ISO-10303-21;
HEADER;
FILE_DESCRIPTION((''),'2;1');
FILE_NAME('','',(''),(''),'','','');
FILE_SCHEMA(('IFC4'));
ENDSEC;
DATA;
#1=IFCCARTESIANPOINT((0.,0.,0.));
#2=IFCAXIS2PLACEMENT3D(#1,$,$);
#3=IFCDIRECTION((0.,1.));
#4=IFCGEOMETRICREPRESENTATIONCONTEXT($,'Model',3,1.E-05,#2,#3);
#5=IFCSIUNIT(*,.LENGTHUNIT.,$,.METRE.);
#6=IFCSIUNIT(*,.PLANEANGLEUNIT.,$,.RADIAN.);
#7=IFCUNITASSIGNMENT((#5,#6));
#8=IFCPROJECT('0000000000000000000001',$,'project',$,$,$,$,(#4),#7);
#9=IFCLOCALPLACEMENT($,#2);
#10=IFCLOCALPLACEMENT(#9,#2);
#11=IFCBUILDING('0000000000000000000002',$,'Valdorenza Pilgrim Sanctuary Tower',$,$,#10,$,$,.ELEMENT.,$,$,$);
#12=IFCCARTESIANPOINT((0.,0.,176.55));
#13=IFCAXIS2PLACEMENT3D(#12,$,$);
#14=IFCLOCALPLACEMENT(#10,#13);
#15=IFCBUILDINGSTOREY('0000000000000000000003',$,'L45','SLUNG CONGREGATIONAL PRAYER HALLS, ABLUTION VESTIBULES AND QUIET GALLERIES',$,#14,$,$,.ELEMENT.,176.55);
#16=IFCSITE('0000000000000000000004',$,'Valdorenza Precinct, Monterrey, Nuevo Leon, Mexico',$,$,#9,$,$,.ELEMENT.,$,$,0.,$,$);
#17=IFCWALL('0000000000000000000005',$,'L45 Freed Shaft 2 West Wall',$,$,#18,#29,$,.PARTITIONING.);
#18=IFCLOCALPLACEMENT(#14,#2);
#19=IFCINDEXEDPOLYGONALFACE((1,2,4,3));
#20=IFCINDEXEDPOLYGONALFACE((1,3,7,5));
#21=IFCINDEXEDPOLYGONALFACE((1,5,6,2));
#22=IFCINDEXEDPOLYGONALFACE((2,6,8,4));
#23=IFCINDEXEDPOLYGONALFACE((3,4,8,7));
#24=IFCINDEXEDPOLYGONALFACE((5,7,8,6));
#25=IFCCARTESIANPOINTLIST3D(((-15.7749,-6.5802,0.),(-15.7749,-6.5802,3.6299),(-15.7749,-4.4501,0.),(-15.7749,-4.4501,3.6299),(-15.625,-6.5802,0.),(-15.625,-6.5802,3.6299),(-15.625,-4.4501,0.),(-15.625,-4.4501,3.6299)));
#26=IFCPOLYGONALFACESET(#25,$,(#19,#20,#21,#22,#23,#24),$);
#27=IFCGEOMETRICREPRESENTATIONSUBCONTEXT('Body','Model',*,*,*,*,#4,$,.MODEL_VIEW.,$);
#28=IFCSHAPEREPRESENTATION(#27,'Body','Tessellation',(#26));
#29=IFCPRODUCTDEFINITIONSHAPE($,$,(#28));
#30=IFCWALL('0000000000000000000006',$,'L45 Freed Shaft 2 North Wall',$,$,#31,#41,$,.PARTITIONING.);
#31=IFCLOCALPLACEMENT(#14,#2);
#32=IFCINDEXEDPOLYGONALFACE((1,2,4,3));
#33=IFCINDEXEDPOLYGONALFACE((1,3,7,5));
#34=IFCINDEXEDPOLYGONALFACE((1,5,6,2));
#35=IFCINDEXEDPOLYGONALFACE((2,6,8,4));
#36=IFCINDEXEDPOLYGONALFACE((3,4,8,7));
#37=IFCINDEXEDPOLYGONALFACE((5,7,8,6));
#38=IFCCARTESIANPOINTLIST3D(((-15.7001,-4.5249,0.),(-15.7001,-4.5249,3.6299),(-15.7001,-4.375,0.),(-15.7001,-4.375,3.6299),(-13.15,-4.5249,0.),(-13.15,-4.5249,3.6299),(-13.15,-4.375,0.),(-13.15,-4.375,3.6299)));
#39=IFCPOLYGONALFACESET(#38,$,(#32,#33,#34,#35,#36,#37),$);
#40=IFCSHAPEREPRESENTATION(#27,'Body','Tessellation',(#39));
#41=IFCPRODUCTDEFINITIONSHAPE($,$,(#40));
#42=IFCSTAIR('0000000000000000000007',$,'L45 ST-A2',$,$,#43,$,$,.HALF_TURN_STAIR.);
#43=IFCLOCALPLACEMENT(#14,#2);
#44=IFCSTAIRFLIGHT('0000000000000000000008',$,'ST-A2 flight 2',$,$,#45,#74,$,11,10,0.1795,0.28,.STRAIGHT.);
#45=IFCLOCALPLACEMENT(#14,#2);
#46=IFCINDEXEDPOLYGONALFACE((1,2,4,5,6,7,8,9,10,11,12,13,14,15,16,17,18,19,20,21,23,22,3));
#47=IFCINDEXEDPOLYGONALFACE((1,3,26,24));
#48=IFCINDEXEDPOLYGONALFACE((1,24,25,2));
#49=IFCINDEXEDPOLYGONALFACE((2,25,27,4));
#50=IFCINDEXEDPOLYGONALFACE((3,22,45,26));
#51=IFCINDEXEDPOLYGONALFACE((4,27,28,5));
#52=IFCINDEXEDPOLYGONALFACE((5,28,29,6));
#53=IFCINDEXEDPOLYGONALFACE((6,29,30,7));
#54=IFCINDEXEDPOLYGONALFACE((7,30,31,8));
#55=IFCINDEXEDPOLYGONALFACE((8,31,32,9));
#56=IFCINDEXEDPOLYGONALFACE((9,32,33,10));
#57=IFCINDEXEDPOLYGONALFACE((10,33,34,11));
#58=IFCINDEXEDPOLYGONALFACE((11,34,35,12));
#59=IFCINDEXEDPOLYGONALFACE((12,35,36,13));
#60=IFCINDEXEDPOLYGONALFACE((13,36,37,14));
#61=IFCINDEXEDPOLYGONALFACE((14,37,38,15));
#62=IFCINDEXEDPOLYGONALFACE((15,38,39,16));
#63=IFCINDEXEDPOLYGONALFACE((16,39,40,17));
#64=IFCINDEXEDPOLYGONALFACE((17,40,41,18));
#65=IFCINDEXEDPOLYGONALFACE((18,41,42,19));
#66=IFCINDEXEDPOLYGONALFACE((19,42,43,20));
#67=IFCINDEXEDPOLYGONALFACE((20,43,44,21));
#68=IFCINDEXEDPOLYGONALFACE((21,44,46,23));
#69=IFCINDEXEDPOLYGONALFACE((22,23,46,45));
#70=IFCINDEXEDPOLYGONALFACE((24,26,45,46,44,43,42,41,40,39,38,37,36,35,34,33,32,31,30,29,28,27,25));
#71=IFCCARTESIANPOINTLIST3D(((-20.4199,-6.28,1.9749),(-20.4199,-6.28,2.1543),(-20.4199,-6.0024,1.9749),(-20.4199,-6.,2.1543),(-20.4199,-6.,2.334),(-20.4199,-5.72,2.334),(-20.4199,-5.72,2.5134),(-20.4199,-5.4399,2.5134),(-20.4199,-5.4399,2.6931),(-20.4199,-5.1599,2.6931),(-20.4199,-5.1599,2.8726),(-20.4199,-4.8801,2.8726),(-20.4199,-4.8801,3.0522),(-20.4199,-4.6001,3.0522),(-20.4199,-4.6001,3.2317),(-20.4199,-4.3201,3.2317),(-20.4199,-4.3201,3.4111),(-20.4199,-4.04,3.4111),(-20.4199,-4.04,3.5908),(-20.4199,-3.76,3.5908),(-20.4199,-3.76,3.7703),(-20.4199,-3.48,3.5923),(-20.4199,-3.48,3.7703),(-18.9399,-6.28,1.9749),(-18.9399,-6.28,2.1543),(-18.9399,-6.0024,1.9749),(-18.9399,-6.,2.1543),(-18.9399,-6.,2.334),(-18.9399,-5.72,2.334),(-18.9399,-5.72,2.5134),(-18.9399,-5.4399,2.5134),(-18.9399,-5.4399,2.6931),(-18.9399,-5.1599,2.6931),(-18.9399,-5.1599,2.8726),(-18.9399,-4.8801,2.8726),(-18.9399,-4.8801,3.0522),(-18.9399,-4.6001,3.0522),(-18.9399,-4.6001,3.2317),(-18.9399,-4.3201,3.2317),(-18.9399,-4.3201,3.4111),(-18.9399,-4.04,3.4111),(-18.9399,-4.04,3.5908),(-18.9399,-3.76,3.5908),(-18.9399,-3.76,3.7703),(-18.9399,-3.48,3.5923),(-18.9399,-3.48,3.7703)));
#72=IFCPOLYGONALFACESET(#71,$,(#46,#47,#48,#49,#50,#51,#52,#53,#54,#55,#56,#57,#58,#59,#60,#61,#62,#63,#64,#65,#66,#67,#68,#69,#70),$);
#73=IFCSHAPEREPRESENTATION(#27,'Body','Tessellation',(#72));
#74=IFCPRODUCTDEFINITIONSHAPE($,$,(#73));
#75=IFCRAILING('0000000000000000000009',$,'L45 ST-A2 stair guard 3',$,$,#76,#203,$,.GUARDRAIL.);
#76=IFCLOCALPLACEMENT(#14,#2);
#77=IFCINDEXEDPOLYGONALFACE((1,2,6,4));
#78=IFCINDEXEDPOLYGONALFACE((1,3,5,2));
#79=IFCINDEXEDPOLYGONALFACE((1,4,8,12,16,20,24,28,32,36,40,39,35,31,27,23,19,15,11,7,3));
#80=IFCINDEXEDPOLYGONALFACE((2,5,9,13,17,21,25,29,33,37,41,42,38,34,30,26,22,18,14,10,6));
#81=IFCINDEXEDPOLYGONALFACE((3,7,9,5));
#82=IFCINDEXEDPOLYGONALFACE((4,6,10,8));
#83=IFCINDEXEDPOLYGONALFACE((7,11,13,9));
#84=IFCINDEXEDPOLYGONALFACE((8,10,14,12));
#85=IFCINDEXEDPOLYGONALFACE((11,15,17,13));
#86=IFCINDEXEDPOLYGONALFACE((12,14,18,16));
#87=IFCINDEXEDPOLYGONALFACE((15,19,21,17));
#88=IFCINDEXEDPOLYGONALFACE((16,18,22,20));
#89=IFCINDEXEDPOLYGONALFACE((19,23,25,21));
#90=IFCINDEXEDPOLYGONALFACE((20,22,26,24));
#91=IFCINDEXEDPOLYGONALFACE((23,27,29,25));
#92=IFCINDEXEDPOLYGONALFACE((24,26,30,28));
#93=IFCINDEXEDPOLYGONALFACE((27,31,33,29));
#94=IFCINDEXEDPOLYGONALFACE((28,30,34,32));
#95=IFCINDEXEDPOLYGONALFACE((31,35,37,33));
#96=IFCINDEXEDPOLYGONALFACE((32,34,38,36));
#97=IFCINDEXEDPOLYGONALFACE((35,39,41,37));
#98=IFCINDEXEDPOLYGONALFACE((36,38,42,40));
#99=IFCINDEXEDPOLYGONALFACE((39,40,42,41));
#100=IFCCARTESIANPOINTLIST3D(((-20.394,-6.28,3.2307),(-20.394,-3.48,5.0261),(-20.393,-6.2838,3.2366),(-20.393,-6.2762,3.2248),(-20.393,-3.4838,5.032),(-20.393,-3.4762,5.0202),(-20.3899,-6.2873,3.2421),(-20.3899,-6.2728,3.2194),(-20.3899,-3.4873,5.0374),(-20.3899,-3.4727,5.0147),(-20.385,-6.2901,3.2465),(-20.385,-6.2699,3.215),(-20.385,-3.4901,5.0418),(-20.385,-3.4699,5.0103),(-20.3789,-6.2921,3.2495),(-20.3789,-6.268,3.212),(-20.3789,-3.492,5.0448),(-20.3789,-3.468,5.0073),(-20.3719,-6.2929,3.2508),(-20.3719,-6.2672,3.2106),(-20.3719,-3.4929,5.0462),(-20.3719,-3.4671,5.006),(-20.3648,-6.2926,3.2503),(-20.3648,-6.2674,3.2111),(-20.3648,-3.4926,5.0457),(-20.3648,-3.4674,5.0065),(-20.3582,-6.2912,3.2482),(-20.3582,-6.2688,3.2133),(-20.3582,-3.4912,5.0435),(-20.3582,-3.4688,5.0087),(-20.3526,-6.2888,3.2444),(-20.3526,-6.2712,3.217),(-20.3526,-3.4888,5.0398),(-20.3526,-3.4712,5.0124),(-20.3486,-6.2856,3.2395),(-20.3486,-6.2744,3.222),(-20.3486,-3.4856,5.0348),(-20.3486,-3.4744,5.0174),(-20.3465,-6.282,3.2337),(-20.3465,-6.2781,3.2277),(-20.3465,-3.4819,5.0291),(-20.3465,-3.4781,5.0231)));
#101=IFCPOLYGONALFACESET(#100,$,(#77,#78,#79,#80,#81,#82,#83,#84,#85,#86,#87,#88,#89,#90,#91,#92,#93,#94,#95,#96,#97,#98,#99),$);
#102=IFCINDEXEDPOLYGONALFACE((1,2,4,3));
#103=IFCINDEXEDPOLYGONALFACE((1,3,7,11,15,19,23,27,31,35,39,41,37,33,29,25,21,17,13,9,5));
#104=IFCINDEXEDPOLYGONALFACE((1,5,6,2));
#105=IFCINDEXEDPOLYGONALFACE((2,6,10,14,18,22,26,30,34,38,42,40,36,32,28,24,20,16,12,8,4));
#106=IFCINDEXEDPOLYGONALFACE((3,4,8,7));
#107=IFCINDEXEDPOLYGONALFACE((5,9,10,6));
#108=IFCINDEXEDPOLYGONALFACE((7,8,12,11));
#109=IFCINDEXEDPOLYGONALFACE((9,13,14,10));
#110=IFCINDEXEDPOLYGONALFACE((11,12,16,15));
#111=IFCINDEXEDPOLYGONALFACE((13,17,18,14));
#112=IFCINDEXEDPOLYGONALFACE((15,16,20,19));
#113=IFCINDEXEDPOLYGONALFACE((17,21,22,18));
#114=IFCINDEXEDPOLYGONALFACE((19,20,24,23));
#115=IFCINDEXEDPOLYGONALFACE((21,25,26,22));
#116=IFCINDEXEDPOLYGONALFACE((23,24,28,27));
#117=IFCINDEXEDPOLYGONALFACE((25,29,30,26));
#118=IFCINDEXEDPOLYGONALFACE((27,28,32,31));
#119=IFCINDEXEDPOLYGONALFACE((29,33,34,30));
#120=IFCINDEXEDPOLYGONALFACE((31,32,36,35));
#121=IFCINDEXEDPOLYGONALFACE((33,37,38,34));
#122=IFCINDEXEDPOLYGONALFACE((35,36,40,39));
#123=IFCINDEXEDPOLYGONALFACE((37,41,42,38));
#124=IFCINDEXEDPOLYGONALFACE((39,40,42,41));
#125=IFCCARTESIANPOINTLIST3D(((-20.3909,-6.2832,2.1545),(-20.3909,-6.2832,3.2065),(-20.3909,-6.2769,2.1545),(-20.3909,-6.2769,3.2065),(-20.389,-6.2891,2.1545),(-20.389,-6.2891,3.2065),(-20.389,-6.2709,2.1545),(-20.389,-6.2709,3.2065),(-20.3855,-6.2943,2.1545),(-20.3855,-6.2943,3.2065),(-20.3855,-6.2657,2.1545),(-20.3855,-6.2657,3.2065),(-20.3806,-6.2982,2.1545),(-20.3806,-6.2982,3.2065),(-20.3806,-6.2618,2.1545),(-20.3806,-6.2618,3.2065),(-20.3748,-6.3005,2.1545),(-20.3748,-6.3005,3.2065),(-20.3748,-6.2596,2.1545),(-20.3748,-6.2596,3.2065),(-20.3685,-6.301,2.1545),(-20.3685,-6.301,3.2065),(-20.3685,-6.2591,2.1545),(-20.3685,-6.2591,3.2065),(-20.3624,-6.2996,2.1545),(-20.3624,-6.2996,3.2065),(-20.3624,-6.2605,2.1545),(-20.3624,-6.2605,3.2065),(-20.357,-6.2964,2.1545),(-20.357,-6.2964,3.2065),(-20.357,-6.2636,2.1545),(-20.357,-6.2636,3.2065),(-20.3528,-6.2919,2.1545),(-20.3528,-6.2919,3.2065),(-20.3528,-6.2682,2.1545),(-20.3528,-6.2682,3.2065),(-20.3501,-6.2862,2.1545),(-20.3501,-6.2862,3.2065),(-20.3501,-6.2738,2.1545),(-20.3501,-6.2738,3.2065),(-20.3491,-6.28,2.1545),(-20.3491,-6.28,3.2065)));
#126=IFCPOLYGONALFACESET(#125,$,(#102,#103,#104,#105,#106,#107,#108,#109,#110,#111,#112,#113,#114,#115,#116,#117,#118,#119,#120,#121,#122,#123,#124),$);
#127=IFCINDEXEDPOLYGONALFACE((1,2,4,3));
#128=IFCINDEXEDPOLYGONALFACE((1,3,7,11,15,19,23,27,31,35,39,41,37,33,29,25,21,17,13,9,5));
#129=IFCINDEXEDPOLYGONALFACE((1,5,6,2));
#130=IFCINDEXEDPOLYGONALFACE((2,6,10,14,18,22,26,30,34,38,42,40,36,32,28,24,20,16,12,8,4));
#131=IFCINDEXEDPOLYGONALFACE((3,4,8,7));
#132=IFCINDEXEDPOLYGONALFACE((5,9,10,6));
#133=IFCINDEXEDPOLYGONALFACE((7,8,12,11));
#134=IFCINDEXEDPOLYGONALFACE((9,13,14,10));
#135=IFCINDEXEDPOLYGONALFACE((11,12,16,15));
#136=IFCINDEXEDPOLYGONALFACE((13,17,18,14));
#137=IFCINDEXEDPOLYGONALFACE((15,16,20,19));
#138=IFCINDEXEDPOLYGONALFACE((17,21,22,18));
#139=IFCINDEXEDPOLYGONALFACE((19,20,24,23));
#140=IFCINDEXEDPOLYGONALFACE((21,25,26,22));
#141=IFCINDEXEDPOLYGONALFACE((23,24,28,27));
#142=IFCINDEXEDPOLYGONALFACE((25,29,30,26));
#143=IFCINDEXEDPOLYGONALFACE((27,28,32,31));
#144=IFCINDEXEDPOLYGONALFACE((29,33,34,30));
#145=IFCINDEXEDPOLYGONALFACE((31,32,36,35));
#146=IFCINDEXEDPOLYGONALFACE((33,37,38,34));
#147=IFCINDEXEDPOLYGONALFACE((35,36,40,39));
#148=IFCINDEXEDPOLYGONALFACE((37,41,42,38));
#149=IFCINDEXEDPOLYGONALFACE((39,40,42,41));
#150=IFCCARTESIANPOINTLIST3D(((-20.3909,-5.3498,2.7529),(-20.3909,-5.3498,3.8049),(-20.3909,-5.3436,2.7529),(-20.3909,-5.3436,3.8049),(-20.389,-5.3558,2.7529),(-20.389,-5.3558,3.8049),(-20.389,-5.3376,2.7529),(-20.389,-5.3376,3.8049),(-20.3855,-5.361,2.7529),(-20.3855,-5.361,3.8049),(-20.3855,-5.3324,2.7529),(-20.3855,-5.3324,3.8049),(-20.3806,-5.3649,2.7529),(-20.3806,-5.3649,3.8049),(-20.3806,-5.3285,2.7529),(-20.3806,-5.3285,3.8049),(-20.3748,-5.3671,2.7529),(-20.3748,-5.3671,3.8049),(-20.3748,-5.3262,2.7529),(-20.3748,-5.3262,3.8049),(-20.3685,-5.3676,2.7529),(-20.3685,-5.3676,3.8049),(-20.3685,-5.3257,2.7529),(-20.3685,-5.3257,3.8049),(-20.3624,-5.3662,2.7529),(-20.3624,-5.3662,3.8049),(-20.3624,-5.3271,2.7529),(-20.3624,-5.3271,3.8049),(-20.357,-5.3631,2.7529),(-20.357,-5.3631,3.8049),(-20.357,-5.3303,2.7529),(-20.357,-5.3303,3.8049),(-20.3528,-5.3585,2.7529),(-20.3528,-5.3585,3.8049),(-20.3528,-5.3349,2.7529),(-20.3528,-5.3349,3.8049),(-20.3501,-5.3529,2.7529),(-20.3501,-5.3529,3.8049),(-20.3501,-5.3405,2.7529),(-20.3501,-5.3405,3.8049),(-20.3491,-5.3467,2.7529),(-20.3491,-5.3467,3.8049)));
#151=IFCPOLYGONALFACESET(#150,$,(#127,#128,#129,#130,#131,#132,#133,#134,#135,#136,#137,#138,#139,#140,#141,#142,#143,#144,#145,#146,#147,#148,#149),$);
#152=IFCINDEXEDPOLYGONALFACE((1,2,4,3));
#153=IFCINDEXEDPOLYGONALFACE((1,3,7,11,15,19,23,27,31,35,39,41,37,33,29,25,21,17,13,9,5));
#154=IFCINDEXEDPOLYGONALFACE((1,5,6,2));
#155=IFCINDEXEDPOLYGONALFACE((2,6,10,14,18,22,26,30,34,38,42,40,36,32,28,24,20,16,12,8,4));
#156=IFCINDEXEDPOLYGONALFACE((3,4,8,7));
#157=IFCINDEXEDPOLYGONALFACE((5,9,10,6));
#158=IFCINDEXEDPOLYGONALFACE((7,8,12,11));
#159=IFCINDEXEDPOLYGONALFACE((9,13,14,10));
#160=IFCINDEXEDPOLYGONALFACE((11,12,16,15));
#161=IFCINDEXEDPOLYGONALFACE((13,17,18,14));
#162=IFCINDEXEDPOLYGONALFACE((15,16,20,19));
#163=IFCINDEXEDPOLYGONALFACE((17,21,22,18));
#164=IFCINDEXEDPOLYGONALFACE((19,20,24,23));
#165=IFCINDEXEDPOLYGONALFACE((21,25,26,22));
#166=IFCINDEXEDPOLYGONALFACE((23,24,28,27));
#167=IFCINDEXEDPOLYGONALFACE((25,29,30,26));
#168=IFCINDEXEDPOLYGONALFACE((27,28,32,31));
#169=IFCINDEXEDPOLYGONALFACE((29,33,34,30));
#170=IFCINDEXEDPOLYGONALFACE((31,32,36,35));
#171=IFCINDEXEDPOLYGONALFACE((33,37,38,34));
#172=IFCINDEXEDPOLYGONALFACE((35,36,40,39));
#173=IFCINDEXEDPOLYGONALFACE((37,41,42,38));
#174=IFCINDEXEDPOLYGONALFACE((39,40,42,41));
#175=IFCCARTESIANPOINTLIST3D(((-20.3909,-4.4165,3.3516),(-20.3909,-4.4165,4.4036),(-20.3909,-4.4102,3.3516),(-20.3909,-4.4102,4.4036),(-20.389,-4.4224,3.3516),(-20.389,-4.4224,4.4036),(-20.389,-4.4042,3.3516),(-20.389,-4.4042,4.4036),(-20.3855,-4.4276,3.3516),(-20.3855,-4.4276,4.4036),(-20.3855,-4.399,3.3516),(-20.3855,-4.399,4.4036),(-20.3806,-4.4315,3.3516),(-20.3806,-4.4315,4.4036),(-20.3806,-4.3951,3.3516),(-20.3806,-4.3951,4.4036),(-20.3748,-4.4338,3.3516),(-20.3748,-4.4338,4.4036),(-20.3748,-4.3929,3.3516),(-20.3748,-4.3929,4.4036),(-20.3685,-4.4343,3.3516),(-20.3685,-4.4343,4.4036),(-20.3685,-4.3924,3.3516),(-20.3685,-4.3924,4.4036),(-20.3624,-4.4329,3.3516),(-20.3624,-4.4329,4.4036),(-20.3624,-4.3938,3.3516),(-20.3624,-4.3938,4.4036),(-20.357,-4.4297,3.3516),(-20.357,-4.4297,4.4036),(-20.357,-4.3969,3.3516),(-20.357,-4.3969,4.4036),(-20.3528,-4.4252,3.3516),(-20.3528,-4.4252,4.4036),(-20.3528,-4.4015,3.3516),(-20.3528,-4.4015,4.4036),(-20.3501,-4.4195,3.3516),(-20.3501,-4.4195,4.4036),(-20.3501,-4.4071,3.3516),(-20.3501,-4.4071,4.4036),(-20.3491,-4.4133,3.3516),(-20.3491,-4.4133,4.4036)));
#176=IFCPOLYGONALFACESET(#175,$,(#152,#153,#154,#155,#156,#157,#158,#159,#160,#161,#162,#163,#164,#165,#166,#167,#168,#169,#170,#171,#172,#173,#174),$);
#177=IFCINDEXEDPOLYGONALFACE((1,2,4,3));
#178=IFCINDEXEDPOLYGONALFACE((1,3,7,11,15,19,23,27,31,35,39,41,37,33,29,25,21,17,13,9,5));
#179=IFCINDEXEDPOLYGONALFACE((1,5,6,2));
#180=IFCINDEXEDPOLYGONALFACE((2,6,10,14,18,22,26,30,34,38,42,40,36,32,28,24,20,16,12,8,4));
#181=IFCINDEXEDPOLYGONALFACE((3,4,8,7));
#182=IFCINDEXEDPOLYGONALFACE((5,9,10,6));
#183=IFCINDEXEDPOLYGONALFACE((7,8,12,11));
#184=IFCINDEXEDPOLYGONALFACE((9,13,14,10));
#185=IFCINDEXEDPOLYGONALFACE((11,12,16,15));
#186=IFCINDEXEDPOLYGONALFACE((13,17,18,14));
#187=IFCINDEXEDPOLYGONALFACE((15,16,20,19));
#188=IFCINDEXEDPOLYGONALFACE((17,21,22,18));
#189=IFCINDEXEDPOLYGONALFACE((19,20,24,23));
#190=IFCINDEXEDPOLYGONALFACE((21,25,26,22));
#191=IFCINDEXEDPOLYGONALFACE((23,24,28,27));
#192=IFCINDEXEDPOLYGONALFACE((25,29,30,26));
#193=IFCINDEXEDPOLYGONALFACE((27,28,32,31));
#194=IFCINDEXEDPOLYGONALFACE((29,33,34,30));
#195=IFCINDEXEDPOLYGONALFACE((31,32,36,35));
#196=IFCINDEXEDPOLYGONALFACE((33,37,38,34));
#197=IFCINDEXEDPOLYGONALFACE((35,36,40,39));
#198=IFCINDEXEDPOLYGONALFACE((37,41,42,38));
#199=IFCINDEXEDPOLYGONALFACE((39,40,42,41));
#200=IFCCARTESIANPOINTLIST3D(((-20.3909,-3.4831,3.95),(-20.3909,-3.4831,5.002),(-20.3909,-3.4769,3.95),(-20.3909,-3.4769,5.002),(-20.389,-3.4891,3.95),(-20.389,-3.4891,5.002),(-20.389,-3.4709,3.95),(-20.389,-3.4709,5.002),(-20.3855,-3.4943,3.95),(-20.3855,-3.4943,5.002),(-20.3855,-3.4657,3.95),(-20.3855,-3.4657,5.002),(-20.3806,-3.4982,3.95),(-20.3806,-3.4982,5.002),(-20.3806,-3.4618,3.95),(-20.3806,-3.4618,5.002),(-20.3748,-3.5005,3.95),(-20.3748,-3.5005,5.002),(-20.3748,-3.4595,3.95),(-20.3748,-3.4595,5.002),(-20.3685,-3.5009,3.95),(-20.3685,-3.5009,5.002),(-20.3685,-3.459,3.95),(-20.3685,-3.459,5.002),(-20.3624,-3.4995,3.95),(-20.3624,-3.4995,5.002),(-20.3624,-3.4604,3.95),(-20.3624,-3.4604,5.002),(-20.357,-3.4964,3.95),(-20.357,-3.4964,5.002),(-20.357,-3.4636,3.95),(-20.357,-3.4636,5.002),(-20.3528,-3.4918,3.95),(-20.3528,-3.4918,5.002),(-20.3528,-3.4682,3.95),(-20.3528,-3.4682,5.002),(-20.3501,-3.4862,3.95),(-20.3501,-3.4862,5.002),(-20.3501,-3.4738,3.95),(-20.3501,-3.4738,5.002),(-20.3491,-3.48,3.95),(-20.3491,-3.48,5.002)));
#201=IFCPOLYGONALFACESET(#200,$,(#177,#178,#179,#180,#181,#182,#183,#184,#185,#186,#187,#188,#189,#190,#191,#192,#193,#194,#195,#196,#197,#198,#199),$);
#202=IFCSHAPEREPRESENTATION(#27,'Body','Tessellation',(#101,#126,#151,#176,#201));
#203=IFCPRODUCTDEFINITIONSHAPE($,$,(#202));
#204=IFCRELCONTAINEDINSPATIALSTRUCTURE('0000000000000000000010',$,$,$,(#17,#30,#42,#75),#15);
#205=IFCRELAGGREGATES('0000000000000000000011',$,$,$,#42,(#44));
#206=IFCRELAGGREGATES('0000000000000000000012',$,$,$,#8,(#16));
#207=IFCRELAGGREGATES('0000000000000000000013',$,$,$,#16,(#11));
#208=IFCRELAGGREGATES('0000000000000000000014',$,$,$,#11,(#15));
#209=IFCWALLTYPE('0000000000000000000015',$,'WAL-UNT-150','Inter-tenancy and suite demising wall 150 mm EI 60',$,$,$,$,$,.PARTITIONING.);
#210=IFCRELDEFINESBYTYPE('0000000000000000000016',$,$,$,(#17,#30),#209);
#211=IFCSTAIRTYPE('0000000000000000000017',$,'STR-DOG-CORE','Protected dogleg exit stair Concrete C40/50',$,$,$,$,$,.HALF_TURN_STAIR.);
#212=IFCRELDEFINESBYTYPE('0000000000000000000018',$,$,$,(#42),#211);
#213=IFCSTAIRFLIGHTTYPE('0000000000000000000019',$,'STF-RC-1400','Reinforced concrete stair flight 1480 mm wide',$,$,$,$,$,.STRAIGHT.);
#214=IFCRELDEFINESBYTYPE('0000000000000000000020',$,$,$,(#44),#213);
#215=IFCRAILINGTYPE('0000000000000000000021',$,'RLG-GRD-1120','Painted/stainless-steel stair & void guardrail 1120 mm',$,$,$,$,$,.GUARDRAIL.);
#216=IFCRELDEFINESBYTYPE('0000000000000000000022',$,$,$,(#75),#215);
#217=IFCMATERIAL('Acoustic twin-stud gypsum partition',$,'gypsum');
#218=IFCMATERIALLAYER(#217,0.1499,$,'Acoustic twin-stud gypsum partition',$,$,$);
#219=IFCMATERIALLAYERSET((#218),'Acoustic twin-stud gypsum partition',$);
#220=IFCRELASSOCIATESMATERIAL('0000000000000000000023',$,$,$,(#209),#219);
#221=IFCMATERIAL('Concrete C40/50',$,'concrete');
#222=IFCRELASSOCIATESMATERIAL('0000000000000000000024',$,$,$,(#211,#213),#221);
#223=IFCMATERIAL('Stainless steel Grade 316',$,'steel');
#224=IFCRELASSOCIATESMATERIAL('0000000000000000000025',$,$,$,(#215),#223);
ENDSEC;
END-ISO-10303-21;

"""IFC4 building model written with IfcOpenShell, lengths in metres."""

from ifc_helpers import new_model, si_unit, direction, frame, frame_2d, origin, origin_2d, place, context, subcontext, project, spatial, polyline, rectangle, circle, outline, extrude, material, layer, layer_set, type_object, element, aggregate, save


model = new_model("IFC4")

# Units and contexts
model_context = context("Model", 3, precision=1e-05, world=origin(), true_north=direction((0.0, 1.0)))
body_context = subcontext(model_context, "Body", "Model", "MODEL_VIEW")
ifc_project = project(units=[si_unit("LENGTHUNIT", "METRE"), si_unit("PLANEANGLEUNIT", "RADIAN")], contexts=[model_context])

# Site, building, storey
site_placement = place(None, origin())
site = spatial("IfcSite", under=ifc_project, at=site_placement, Name="Valdorenza Precinct, Monterrey, Nuevo Leon, Mexico", CompositionType="ELEMENT", RefElevation=0.0)
building_placement = place(site_placement, origin())
building = spatial("IfcBuilding", under=site, at=building_placement, Name="Valdorenza Pilgrim Sanctuary Tower", CompositionType="ELEMENT")
storey_placement = place(building_placement, frame((0.0, 0.0, 176.55)))
storey = spatial("IfcBuildingStorey", under=building, at=storey_placement, Name="L45", Description="SLUNG CONGREGATIONAL PRAYER HALLS, ABLUTION VESTIBULES AND QUIET GALLERIES", CompositionType="ELEMENT", Elevation=176.55)

# Shared definitions
ifc_material_1 = material(Name="Acoustic twin-stud gypsum partition", Category="gypsum")

# Walls
ifc_layer_1 = layer(ifc_material_1, 0.1499, Name="Acoustic twin-stud gypsum partition")
ifc_layer_set_1 = layer_set([ifc_layer_1], Name="Acoustic twin-stud gypsum partition")
wall_type_1 = type_object("IfcWallType", Name="WAL-UNT-150", Description="Inter-tenancy and suite demising wall 150 mm EI 60", PredefinedType="PARTITIONING", material=ifc_layer_set_1)
wall_1_placement = place(storey_placement, frame((-15.7, -6.5801, 0.0), z_axis=(0.0, 0.0, 1.0), x_axis=(0.0, 1.0, 0.0)))
element("IfcWall", 1, at=wall_1_placement, inside=storey, type_object=wall_type_1, Name="L45 Freed Shaft 2 West Wall", PredefinedType="PARTITIONING", context=body_context, shape_type="SweptSolid", body=[
    extrude(rectangle(XDim=2.1301, YDim=0.1499, at=frame_2d((1.0649, 0.0))), origin(), (0.0, 0.0, 1.0), 3.6299),
])
wall_2_placement = place(storey_placement, frame((-15.7, -4.45, 0.0), z_axis=(0.0, 0.0, 1.0), x_axis=(1.0, 0.0, 0.0)))
element("IfcWall", 2, at=wall_2_placement, inside=storey, type_object=wall_type_1, Name="L45 Freed Shaft 2 North Wall", PredefinedType="PARTITIONING", context=body_context, shape_type="SweptSolid", body=[
    extrude(rectangle(XDim=2.55, YDim=0.1499, at=frame_2d((1.2749, 0.0))), origin(), (0.0, 0.0, 1.0), 3.6299),
])

# Stair, stair flight
ifc_material_2 = material(Name="Concrete C40/50", Category="concrete")
stair_type = type_object("IfcStairType", Name="STR-DOG-CORE", Description="Protected dogleg exit stair Concrete C40/50", PredefinedType="HALF_TURN_STAIR", material=ifc_material_2)
stair_placement = place(storey_placement, origin())
stair = element("IfcStair", 3, at=stair_placement, inside=storey, type_object=stair_type, Name="L45 ST-A2", PredefinedType="HALF_TURN_STAIR")
stair_flight_type = type_object("IfcStairFlightType", Name="STF-RC-1400", Description="Reinforced concrete stair flight 1480 mm wide", PredefinedType="STRAIGHT", material=ifc_material_2)
stair_flight_placement = place(storey_placement, frame((-19.6799, -6.28, 1.9749), z_axis=(0.0, 0.0, 1.0), x_axis=(0.0, 1.0, 0.0)))
stair_flight = element("IfcStairFlight", 4, at=stair_flight_placement, type_object=stair_flight_type, Name="ST-A2 flight 2", NumberOfRisers=11, NumberOfTreads=10, PredefinedType="STRAIGHT", RiserHeight=0.1795, TreadLength=0.28, context=body_context, shape_type="SweptSolid", body=[
    extrude(outline(polyline([(0.0, 0.0), (0.0, 0.1794), (0.28, 0.1794), (0.28, 0.3591), (0.5601, 0.3591), (0.5601, 0.5386), (0.8401, 0.5386), (0.8401, 0.7183), (1.1201, 0.7183), (1.1201, 0.8977), (1.3999, 0.8977), (1.3999, 1.0774), (1.6799, 1.0774), (1.6799, 1.2568), (1.96, 1.2568), (1.96, 1.4363), (2.24, 1.4363), (2.24, 1.616), (2.52, 1.616), (2.52, 1.7954), (2.8, 1.7954), (2.8, 1.9751), (2.8, 1.6174), (0.2776, 0.0), (0.0, 0.0)])), frame((0.0, 0.74, 0.0), z_axis=(0.0, -1.0, 0.0), x_axis=(1.0, 0.0, 0.0)), (0.0, 0.0, 1.0), 1.48),
])
aggregate(stair, [stair_flight])

# Railing
ifc_material_3 = material(Name="Stainless steel Grade 316", Category="steel")
railing_type_1 = type_object("IfcRailingType", Name="RLG-GRD-1120", Description="Painted/stainless-steel stair & void guardrail 1120 mm", PredefinedType="GUARDRAIL", material=ifc_material_3)
railing_1_placement = place(storey_placement, frame((-20.3701, -6.28, 2.1545)))
element("IfcRailing", 5, at=railing_1_placement, inside=storey, type_object=railing_type_1, Name="L45 ST-A2 stair guard 3", PredefinedType="GUARDRAIL", context=body_context, shape_type="SweptSolid", body=[
    extrude(circle(Radius=0.0239, at=origin_2d()), frame((0.0, 0.0, 1.0762), z_axis=(0.0, 0.84181, 0.539774), x_axis=(-1.0, 0.0, 0.0)), (0.0, 0.0, 1.0), 3.3262),
    extrude(circle(Radius=0.021, at=origin_2d()), origin(), (0.0, 0.0, 1.0), 1.052),
    extrude(circle(Radius=0.021, at=origin_2d()), frame((0.0, 0.9333, 0.5984)), (0.0, 0.0, 1.0), 1.052),
    extrude(circle(Radius=0.021, at=origin_2d()), frame((0.0, 1.8667, 1.197)), (0.0, 0.0, 1.0), 1.052),
    extrude(circle(Radius=0.021, at=origin_2d()), frame((0.0, 2.8, 1.7954)), (0.0, 0.0, 1.0), 1.052),
])

save(model, "model.ifc")
